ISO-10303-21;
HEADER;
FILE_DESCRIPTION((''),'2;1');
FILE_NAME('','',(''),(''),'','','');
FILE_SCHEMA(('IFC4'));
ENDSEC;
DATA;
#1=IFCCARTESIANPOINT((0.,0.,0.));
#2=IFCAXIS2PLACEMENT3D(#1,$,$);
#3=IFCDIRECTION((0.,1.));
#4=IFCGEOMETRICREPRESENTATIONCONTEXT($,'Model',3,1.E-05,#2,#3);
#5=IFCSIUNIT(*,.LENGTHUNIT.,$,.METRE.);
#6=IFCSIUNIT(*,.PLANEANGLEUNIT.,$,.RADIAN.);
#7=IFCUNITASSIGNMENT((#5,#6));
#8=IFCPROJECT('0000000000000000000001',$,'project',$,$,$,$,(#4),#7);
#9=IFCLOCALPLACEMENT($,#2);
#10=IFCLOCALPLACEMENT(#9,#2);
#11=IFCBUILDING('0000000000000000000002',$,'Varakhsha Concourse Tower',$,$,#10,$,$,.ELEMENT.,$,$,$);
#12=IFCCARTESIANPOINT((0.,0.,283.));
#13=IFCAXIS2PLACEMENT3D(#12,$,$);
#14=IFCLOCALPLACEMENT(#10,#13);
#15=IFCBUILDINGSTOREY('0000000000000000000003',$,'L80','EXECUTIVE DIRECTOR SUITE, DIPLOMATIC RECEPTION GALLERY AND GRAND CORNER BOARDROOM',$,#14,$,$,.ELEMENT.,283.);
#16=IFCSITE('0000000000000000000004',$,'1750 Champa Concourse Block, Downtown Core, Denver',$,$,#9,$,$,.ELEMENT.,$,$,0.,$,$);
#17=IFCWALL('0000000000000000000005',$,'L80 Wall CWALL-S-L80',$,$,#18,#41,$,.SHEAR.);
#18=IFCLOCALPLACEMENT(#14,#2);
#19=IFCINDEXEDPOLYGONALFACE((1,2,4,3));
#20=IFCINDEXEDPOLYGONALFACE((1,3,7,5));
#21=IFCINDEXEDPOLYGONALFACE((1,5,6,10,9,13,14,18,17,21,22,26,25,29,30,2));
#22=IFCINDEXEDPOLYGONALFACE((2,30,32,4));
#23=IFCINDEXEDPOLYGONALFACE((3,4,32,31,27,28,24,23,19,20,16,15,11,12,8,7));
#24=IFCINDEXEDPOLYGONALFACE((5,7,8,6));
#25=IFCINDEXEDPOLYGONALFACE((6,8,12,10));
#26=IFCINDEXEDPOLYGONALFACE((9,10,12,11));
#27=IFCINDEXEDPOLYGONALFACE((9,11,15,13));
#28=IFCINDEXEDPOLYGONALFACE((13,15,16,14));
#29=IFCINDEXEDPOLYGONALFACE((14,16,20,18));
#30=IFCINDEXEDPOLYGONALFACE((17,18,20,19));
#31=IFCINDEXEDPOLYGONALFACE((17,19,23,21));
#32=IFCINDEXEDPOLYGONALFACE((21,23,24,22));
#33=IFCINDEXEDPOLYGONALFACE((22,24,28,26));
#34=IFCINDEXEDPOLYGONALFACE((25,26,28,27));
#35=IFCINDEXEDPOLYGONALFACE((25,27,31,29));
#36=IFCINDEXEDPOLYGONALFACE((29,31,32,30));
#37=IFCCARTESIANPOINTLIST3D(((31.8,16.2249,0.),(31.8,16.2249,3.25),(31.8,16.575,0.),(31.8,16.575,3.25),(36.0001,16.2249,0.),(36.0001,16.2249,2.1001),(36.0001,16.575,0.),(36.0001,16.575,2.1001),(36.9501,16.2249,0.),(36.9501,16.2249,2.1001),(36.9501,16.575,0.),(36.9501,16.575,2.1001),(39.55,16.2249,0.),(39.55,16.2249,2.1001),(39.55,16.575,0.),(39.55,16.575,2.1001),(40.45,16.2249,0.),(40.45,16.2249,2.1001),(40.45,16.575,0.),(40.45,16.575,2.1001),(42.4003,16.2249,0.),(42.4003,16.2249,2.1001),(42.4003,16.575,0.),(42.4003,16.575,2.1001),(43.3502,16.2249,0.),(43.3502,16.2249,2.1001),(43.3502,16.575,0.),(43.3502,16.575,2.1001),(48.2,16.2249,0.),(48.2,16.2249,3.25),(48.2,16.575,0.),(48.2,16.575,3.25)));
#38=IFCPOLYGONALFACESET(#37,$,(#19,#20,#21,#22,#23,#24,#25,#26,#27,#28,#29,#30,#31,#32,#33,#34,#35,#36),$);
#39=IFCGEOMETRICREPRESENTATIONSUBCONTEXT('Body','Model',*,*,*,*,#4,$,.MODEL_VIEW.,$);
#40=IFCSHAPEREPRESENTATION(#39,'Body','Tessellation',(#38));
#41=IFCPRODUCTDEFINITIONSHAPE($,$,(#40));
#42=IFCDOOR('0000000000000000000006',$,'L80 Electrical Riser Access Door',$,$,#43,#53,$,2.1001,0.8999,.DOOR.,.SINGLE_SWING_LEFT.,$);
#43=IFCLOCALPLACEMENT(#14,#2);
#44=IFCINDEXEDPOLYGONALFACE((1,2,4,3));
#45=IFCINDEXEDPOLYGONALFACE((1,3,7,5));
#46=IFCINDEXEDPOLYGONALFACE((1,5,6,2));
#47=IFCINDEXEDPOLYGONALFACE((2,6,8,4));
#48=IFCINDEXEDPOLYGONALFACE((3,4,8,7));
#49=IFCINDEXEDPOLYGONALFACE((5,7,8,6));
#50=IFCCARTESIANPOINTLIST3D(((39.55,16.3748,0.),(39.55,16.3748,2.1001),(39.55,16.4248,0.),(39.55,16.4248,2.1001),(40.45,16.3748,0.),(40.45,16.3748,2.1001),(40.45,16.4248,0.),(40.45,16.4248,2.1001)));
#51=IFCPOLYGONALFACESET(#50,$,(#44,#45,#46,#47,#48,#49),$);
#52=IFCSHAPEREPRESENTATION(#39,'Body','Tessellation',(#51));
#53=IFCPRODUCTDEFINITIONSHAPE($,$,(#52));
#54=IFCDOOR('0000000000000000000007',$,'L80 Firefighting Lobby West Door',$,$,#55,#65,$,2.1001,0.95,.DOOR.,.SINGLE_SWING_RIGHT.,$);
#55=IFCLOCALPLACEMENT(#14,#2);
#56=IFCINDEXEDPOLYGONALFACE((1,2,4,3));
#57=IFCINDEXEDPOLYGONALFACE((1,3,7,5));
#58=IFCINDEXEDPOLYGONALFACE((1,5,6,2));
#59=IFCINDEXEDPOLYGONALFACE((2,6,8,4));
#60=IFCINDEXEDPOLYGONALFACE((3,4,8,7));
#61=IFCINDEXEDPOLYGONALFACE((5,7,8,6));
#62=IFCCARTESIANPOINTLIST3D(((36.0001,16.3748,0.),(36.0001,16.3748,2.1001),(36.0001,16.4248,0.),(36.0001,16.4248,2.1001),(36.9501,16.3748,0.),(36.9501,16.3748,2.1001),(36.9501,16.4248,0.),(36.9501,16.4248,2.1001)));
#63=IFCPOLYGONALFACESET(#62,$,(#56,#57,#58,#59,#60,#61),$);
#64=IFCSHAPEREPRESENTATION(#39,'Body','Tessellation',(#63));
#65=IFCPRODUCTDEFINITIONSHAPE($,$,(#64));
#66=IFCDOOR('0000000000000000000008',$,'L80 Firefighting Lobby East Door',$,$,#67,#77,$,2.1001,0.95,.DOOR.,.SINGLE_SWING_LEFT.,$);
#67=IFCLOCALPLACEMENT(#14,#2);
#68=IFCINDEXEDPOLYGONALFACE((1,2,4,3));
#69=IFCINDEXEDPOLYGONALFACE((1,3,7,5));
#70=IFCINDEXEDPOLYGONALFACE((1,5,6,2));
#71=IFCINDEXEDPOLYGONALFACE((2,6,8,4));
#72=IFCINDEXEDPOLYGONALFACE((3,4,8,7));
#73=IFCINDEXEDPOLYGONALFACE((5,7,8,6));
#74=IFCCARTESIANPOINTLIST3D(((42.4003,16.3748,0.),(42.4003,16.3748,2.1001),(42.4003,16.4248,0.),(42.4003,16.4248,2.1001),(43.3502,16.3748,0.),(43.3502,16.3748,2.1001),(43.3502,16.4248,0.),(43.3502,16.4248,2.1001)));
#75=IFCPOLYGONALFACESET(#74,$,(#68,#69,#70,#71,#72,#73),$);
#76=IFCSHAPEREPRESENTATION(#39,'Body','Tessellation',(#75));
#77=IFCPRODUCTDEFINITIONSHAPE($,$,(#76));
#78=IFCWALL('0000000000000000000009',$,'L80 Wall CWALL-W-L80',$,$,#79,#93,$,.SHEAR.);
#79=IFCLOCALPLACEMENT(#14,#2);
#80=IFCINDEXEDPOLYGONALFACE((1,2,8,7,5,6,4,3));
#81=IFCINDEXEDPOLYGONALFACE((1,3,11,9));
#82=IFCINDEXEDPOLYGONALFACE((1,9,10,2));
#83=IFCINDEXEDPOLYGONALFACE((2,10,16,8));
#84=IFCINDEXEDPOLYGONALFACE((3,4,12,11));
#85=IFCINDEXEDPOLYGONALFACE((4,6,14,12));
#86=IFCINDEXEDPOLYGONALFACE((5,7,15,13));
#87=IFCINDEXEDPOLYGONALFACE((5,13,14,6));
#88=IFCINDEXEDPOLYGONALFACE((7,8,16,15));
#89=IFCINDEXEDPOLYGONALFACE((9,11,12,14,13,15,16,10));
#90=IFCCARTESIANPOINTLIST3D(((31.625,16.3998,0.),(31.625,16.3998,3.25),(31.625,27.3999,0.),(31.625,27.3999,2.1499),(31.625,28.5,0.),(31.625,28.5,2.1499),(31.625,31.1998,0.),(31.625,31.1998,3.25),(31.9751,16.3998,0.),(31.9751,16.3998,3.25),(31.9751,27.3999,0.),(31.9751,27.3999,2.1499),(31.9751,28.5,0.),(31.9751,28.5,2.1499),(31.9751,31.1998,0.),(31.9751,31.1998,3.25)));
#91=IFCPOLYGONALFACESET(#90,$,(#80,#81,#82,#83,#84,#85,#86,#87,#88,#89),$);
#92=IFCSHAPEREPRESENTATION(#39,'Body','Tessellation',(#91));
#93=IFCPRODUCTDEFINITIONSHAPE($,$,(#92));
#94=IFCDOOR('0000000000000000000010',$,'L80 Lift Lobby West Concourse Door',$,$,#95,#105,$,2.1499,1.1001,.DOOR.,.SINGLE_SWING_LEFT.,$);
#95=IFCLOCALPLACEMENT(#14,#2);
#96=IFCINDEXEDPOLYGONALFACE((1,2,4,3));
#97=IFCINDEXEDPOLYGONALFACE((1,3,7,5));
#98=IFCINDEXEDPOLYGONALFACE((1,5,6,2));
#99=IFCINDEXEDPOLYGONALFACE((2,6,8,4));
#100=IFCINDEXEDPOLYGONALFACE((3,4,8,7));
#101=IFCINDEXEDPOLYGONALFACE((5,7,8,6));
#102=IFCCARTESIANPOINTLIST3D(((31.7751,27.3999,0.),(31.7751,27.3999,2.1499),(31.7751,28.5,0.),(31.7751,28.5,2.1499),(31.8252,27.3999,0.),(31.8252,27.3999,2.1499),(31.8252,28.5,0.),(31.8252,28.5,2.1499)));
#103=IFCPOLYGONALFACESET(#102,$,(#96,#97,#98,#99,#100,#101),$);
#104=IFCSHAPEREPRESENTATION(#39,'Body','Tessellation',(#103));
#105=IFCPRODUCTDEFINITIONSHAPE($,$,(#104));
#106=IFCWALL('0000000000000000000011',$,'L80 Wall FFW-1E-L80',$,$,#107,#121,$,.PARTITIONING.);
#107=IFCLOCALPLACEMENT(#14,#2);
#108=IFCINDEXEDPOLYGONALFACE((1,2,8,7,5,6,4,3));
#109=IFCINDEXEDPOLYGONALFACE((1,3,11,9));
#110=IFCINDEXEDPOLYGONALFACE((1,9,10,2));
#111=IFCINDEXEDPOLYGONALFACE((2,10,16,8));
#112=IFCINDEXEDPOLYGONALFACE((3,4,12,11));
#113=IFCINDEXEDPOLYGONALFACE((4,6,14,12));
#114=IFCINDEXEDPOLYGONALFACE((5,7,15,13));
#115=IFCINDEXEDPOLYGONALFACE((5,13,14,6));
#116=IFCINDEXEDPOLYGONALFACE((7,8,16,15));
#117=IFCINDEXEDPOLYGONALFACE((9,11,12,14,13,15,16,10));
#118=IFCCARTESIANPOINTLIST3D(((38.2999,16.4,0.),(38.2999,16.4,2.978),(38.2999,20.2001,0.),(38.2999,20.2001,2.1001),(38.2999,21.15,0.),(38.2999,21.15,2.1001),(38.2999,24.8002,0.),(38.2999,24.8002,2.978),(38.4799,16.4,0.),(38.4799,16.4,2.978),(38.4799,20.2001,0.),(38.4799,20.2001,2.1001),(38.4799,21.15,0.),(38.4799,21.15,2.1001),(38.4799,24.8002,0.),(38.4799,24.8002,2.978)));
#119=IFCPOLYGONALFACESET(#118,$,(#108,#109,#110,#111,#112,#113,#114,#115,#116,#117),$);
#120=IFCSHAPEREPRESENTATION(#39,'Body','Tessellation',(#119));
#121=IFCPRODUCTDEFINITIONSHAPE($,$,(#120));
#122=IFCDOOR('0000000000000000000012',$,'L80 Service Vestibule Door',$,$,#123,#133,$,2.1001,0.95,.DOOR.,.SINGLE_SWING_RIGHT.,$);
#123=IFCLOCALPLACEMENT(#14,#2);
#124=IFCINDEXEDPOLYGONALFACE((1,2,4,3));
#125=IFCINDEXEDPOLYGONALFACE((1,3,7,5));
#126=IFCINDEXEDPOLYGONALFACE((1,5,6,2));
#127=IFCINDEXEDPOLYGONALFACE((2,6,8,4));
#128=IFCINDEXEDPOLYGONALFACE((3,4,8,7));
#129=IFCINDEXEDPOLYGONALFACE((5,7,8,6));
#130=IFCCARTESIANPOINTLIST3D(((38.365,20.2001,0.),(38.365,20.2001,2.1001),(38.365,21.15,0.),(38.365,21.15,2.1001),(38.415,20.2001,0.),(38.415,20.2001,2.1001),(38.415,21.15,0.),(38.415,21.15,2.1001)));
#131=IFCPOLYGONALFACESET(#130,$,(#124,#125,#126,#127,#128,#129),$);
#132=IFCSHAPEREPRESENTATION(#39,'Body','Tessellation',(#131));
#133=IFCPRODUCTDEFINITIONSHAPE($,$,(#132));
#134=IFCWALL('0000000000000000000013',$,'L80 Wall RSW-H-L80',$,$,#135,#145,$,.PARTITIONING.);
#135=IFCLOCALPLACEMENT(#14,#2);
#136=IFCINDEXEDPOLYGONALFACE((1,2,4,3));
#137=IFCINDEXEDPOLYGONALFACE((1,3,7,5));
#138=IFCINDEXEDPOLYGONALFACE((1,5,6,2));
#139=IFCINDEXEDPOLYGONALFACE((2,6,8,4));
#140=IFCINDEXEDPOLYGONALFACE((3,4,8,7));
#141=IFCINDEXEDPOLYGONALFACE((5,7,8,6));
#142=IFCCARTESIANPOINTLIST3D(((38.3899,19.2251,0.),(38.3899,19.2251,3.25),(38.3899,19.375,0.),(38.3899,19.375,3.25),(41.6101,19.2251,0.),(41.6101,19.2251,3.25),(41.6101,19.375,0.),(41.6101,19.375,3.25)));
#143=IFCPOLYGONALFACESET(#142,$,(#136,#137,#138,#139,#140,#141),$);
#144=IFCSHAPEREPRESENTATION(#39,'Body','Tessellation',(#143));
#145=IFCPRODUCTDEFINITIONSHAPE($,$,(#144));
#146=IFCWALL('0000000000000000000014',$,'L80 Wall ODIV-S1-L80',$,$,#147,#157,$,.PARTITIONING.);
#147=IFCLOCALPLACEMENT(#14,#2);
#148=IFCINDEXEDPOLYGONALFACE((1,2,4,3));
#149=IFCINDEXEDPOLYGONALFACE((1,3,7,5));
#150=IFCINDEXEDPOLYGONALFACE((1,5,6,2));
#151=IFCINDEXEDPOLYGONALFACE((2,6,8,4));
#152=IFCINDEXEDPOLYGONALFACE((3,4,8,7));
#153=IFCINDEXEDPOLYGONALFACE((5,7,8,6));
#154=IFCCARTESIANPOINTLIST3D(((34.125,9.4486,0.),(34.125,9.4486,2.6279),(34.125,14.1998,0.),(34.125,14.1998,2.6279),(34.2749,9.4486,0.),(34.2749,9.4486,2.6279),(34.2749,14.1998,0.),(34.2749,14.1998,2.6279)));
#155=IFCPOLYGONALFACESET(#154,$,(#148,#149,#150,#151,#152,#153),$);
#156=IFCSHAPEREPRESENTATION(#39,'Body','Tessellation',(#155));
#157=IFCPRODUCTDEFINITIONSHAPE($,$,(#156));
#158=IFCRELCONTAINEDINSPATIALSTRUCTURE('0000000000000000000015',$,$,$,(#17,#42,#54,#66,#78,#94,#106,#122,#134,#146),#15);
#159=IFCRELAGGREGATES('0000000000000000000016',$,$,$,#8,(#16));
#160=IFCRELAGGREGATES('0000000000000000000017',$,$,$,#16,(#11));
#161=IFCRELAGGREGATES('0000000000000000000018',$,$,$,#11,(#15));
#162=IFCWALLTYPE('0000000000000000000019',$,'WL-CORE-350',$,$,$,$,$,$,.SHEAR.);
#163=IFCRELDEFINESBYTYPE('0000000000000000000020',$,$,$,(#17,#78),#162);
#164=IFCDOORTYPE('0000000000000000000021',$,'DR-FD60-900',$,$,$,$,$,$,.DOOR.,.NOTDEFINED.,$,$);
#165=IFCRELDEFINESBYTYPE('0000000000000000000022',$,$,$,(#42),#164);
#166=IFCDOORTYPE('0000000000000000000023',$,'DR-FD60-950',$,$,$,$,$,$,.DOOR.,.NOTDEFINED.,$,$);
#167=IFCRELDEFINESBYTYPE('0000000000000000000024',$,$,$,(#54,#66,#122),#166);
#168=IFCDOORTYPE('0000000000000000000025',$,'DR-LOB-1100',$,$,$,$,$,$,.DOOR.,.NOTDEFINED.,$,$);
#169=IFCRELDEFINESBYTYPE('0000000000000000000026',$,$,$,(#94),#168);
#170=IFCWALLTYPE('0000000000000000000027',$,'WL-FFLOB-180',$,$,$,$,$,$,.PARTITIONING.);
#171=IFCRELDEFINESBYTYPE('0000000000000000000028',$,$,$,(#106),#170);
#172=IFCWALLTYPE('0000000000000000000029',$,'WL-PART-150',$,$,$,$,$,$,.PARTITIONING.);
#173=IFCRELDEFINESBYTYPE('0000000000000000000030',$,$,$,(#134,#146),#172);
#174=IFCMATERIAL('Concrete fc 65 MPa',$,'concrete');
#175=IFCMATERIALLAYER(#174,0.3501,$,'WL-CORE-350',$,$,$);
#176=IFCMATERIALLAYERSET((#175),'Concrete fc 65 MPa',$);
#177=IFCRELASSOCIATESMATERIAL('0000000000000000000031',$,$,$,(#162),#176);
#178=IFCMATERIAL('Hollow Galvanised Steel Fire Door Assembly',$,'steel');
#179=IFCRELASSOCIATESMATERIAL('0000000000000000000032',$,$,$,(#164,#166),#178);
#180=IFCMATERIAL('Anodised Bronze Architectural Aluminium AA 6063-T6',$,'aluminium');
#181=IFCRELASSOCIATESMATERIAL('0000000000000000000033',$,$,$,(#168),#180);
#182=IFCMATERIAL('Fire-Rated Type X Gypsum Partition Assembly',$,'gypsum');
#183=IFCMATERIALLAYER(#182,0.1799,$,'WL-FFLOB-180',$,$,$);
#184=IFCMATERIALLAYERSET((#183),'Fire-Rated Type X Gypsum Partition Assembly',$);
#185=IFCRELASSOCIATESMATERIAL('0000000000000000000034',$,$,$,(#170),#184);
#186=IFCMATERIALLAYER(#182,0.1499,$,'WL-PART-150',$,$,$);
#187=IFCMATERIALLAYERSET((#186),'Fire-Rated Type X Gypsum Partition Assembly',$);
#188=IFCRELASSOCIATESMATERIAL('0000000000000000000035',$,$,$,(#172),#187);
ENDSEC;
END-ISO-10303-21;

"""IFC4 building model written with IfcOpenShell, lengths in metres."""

from ifc_helpers import new_model, si_unit, direction, frame, frame_2d, origin, place, context, subcontext, project, spatial, rectangle, extrude, material, layer, layer_set, type_object, element, fill, save


model = new_model("IFC4")

# Units and contexts
model_context = context("Model", 3, precision=1e-05, world=origin(), true_north=direction((0.0, 1.0)))
body_context = subcontext(model_context, "Body", "Model", "MODEL_VIEW")
ifc_project = project(units=[si_unit("LENGTHUNIT", "METRE"), si_unit("PLANEANGLEUNIT", "RADIAN")], contexts=[model_context])

# Site, building, storey
site_placement = place(None, origin())
site = spatial("IfcSite", under=ifc_project, at=site_placement, Name="1750 Champa Concourse Block, Downtown Core, Denver", CompositionType="ELEMENT", RefElevation=0.0)
building_placement = place(site_placement, origin())
building = spatial("IfcBuilding", under=site, at=building_placement, Name="Varakhsha Concourse Tower", CompositionType="ELEMENT")
storey_placement = place(building_placement, frame((0.0, 0.0, 283.0)))
storey = spatial("IfcBuildingStorey", under=building, at=storey_placement, Name="L80", Description="EXECUTIVE DIRECTOR SUITE, DIPLOMATIC RECEPTION GALLERY AND GRAND CORNER BOARDROOM", CompositionType="ELEMENT", Elevation=283.0)

# Shared definitions
ifc_material_1 = material(Name="Concrete fc 65 MPa", Category="concrete")

# Shared definitions
ifc_material_2 = material(Name="Anodised Bronze Architectural Aluminium AA 6063-T6", Category="aluminium")

# Wall, openings, doors
ifc_layer_1 = layer(ifc_material_1, 0.3501, Name="WL-CORE-350")
ifc_layer_set_1 = layer_set([ifc_layer_1], Name="Concrete fc 65 MPa")
wall_type_1 = type_object("IfcWallType", Name="WL-CORE-350", PredefinedType="SHEAR", material=ifc_layer_set_1)
wall_1_placement = place(storey_placement, frame((31.8, 16.3999, 0.0), z_axis=(0.0, 0.0, 1.0), x_axis=(1.0, 0.0, 0.0)))
wall_1 = element("IfcWall", 1, at=wall_1_placement, inside=storey, type_object=wall_type_1, Name="L80 Wall CWALL-S-L80", PredefinedType="SHEAR", context=body_context, shape_type="SweptSolid", body=[
    extrude(rectangle(XDim=16.3999, YDim=0.3501, at=frame_2d((8.2, 0.0))), origin(), (0.0, 0.0, 1.0), 3.25),
])
opening_1_placement = place(wall_1_placement, frame((7.75, 0.0, 0.0)))
opening_1 = element("IfcOpeningElement", 2, at=opening_1_placement, cuts=wall_1, PredefinedType="OPENING", context=body_context, shape_type="SweptSolid", body=[
    extrude(rectangle(XDim=0.8999, YDim=2.1001, at=frame_2d((0.45, 1.05))), frame((0.0, 0.1851, 0.0), z_axis=(0.0, -1.0, 0.0), x_axis=(1.0, 0.0, 0.0)), (0.0, 0.0, 1.0), 0.3701),
])
opening_2_placement = place(wall_1_placement, frame((4.2, 0.0, 0.0)))
opening_2 = element("IfcOpeningElement", 3, at=opening_2_placement, cuts=wall_1, PredefinedType="OPENING", context=body_context, shape_type="SweptSolid", body=[
    extrude(rectangle(XDim=0.95, YDim=2.1001, at=frame_2d((0.4751, 1.05))), frame((0.0, 0.1851, 0.0), z_axis=(0.0, -1.0, 0.0), x_axis=(1.0, 0.0, 0.0)), (0.0, 0.0, 1.0), 0.3701),
])
opening_3_placement = place(wall_1_placement, frame((10.6001, 0.0, 0.0)))
opening_3 = element("IfcOpeningElement", 4, at=opening_3_placement, cuts=wall_1, PredefinedType="OPENING", context=body_context, shape_type="SweptSolid", body=[
    extrude(rectangle(XDim=0.95, YDim=2.1001, at=frame_2d((0.4751, 1.05))), frame((0.0, 0.1851, 0.0), z_axis=(0.0, -1.0, 0.0), x_axis=(1.0, 0.0, 0.0)), (0.0, 0.0, 1.0), 0.3701),
])
ifc_material_3 = material(Name="Hollow Galvanised Steel Fire Door Assembly", Category="steel")
door_type_1 = type_object("IfcDoorType", Name="DR-FD60-900", OperationType="NOTDEFINED", PredefinedType="DOOR", material=ifc_material_3)
door_1_placement = place(opening_1_placement, origin())
door_1 = element("IfcDoor", 5, at=door_1_placement, inside=storey, type_object=door_type_1, Name="L80 Electrical Riser Access Door", OperationType="SINGLE_SWING_LEFT", OverallHeight=2.1001, OverallWidth=0.8999, PredefinedType="DOOR", context=body_context, shape_type="SweptSolid", body=[
    extrude(rectangle(XDim=0.8999, YDim=2.1001, at=frame_2d((0.45, 1.05))), frame((0.0, 0.0249, 0.0), z_axis=(0.0, -1.0, 0.0), x_axis=(1.0, 0.0, 0.0)), (0.0, 0.0, 1.0), 0.05),
])
fill(opening_1, door_1)
door_type_2 = type_object("IfcDoorType", Name="DR-FD60-950", OperationType="NOTDEFINED", PredefinedType="DOOR", material=ifc_material_3)
door_2_placement = place(opening_2_placement, origin())
door_2 = element("IfcDoor", 6, at=door_2_placement, inside=storey, type_object=door_type_2, Name="L80 Firefighting Lobby West Door", OperationType="SINGLE_SWING_RIGHT", OverallHeight=2.1001, OverallWidth=0.95, PredefinedType="DOOR", context=body_context, shape_type="SweptSolid", body=[
    extrude(rectangle(XDim=0.95, YDim=2.1001, at=frame_2d((0.4751, 1.05))), frame((0.0, 0.0249, 0.0), z_axis=(0.0, -1.0, 0.0), x_axis=(1.0, 0.0, 0.0)), (0.0, 0.0, 1.0), 0.05),
])
fill(opening_2, door_2)
door_3_placement = place(opening_3_placement, origin())
door_3 = element("IfcDoor", 7, at=door_3_placement, inside=storey, type_object=door_type_2, Name="L80 Firefighting Lobby East Door", OperationType="SINGLE_SWING_LEFT", OverallHeight=2.1001, OverallWidth=0.95, PredefinedType="DOOR", context=body_context, shape_type="SweptSolid", body=[
    extrude(rectangle(XDim=0.95, YDim=2.1001, at=frame_2d((0.4751, 1.05))), frame((0.0, 0.0249, 0.0), z_axis=(0.0, -1.0, 0.0), x_axis=(1.0, 0.0, 0.0)), (0.0, 0.0, 1.0), 0.05),
])
fill(opening_3, door_3)

# Walls, openings, doors
wall_2_placement = place(storey_placement, frame((31.8, 16.3999, 0.0), z_axis=(0.0, 0.0, 1.0), x_axis=(0.0, 1.0, 0.0)))
wall_2 = element("IfcWall", 8, at=wall_2_placement, inside=storey, type_object=wall_type_1, Name="L80 Wall CWALL-W-L80", PredefinedType="SHEAR", context=body_context, shape_type="SweptSolid", body=[
    extrude(rectangle(XDim=14.8, YDim=0.3501, at=frame_2d((7.3999, 0.0))), origin(), (0.0, 0.0, 1.0), 3.25),
])
opening_4_placement = place(wall_2_placement, frame((11.0, 0.0, 0.0)))
opening_4 = element("IfcOpeningElement", 9, at=opening_4_placement, cuts=wall_2, PredefinedType="OPENING", context=body_context, shape_type="SweptSolid", body=[
    extrude(rectangle(XDim=1.1001, YDim=2.1499, at=frame_2d((0.55, 1.075))), frame((0.0, 0.1851, 0.0), z_axis=(0.0, -1.0, 0.0), x_axis=(1.0, 0.0, 0.0)), (0.0, 0.0, 1.0), 0.3701),
])
door_type_3 = type_object("IfcDoorType", Name="DR-LOB-1100", OperationType="NOTDEFINED", PredefinedType="DOOR", material=ifc_material_2)
door_4_placement = place(opening_4_placement, origin())
door_4 = element("IfcDoor", 10, at=door_4_placement, inside=storey, type_object=door_type_3, Name="L80 Lift Lobby West Concourse Door", OperationType="SINGLE_SWING_LEFT", OverallHeight=2.1499, OverallWidth=1.1001, PredefinedType="DOOR", context=body_context, shape_type="SweptSolid", body=[
    extrude(rectangle(XDim=1.1001, YDim=2.1499, at=frame_2d((0.55, 1.075))), frame((0.0, 0.0249, 0.0), z_axis=(0.0, -1.0, 0.0), x_axis=(1.0, 0.0, 0.0)), (0.0, 0.0, 1.0), 0.05),
])
fill(opening_4, door_4)
ifc_material_4 = material(Name="Fire-Rated Type X Gypsum Partition Assembly", Category="gypsum")
ifc_layer_2 = layer(ifc_material_4, 0.1799, Name="WL-FFLOB-180")
ifc_layer_set_2 = layer_set([ifc_layer_2], Name="Fire-Rated Type X Gypsum Partition Assembly")
wall_type_2 = type_object("IfcWallType", Name="WL-FFLOB-180", PredefinedType="PARTITIONING", material=ifc_layer_set_2)
wall_3_placement = place(storey_placement, frame((38.3899, 16.3999, 0.0), z_axis=(0.0, 0.0, 1.0), x_axis=(0.0, 1.0, 0.0)))
wall_3 = element("IfcWall", 11, at=wall_3_placement, inside=storey, type_object=wall_type_2, Name="L80 Wall FFW-1E-L80", PredefinedType="PARTITIONING", context=body_context, shape_type="SweptSolid", body=[
    extrude(rectangle(XDim=8.4001, YDim=0.1799, at=frame_2d((4.2002, 0.0))), origin(), (0.0, 0.0, 1.0), 2.978),
])
opening_5_placement = place(wall_3_placement, frame((3.8, 0.0, 0.0)))
opening_5 = element("IfcOpeningElement", 12, at=opening_5_placement, cuts=wall_3, PredefinedType="OPENING", context=body_context, shape_type="SweptSolid", body=[
    extrude(rectangle(XDim=0.95, YDim=2.1001, at=frame_2d((0.4751, 1.05))), frame((0.0, 0.0999, 0.0), z_axis=(0.0, -1.0, 0.0), x_axis=(1.0, 0.0, 0.0)), (0.0, 0.0, 1.0), 0.2),
])
door_5_placement = place(opening_5_placement, origin())
door_5 = element("IfcDoor", 13, at=door_5_placement, inside=storey, type_object=door_type_2, Name="L80 Service Vestibule Door", OperationType="SINGLE_SWING_RIGHT", OverallHeight=2.1001, OverallWidth=0.95, PredefinedType="DOOR", context=body_context, shape_type="SweptSolid", body=[
    extrude(rectangle(XDim=0.95, YDim=2.1001, at=frame_2d((0.4751, 1.05))), frame((0.0, 0.0249, 0.0), z_axis=(0.0, -1.0, 0.0), x_axis=(1.0, 0.0, 0.0)), (0.0, 0.0, 1.0), 0.05),
])
fill(opening_5, door_5)

# Walls
ifc_layer_3 = layer(ifc_material_4, 0.1499, Name="WL-PART-150")
ifc_layer_set_3 = layer_set([ifc_layer_3], Name="Fire-Rated Type X Gypsum Partition Assembly")
wall_type_3 = type_object("IfcWallType", Name="WL-PART-150", PredefinedType="PARTITIONING", material=ifc_layer_set_3)
wall_4_placement = place(storey_placement, frame((38.3899, 19.3, 0.0), z_axis=(0.0, 0.0, 1.0), x_axis=(1.0, 0.0, 0.0)))
element("IfcWall", 14, at=wall_4_placement, inside=storey, type_object=wall_type_3, Name="L80 Wall RSW-H-L80", PredefinedType="PARTITIONING", context=body_context, shape_type="SweptSolid", body=[
    extrude(rectangle(XDim=3.2202, YDim=0.1499, at=frame_2d((1.6101, 0.0))), origin(), (0.0, 0.0, 1.0), 3.25),
])
wall_5_placement = place(storey_placement, frame((34.2, 9.4487, 0.0), z_axis=(0.0, 0.0, 1.0), x_axis=(0.0, 1.0, 0.0)))
element("IfcWall", 15, at=wall_5_placement, inside=storey, type_object=wall_type_3, Name="L80 Wall ODIV-S1-L80", PredefinedType="PARTITIONING", context=body_context, shape_type="SweptSolid", body=[
    extrude(rectangle(XDim=4.7512, YDim=0.1499, at=frame_2d((2.3755, 0.0))), origin(), (0.0, 0.0, 1.0), 2.6279),
])

save(model, "model.ifc")
